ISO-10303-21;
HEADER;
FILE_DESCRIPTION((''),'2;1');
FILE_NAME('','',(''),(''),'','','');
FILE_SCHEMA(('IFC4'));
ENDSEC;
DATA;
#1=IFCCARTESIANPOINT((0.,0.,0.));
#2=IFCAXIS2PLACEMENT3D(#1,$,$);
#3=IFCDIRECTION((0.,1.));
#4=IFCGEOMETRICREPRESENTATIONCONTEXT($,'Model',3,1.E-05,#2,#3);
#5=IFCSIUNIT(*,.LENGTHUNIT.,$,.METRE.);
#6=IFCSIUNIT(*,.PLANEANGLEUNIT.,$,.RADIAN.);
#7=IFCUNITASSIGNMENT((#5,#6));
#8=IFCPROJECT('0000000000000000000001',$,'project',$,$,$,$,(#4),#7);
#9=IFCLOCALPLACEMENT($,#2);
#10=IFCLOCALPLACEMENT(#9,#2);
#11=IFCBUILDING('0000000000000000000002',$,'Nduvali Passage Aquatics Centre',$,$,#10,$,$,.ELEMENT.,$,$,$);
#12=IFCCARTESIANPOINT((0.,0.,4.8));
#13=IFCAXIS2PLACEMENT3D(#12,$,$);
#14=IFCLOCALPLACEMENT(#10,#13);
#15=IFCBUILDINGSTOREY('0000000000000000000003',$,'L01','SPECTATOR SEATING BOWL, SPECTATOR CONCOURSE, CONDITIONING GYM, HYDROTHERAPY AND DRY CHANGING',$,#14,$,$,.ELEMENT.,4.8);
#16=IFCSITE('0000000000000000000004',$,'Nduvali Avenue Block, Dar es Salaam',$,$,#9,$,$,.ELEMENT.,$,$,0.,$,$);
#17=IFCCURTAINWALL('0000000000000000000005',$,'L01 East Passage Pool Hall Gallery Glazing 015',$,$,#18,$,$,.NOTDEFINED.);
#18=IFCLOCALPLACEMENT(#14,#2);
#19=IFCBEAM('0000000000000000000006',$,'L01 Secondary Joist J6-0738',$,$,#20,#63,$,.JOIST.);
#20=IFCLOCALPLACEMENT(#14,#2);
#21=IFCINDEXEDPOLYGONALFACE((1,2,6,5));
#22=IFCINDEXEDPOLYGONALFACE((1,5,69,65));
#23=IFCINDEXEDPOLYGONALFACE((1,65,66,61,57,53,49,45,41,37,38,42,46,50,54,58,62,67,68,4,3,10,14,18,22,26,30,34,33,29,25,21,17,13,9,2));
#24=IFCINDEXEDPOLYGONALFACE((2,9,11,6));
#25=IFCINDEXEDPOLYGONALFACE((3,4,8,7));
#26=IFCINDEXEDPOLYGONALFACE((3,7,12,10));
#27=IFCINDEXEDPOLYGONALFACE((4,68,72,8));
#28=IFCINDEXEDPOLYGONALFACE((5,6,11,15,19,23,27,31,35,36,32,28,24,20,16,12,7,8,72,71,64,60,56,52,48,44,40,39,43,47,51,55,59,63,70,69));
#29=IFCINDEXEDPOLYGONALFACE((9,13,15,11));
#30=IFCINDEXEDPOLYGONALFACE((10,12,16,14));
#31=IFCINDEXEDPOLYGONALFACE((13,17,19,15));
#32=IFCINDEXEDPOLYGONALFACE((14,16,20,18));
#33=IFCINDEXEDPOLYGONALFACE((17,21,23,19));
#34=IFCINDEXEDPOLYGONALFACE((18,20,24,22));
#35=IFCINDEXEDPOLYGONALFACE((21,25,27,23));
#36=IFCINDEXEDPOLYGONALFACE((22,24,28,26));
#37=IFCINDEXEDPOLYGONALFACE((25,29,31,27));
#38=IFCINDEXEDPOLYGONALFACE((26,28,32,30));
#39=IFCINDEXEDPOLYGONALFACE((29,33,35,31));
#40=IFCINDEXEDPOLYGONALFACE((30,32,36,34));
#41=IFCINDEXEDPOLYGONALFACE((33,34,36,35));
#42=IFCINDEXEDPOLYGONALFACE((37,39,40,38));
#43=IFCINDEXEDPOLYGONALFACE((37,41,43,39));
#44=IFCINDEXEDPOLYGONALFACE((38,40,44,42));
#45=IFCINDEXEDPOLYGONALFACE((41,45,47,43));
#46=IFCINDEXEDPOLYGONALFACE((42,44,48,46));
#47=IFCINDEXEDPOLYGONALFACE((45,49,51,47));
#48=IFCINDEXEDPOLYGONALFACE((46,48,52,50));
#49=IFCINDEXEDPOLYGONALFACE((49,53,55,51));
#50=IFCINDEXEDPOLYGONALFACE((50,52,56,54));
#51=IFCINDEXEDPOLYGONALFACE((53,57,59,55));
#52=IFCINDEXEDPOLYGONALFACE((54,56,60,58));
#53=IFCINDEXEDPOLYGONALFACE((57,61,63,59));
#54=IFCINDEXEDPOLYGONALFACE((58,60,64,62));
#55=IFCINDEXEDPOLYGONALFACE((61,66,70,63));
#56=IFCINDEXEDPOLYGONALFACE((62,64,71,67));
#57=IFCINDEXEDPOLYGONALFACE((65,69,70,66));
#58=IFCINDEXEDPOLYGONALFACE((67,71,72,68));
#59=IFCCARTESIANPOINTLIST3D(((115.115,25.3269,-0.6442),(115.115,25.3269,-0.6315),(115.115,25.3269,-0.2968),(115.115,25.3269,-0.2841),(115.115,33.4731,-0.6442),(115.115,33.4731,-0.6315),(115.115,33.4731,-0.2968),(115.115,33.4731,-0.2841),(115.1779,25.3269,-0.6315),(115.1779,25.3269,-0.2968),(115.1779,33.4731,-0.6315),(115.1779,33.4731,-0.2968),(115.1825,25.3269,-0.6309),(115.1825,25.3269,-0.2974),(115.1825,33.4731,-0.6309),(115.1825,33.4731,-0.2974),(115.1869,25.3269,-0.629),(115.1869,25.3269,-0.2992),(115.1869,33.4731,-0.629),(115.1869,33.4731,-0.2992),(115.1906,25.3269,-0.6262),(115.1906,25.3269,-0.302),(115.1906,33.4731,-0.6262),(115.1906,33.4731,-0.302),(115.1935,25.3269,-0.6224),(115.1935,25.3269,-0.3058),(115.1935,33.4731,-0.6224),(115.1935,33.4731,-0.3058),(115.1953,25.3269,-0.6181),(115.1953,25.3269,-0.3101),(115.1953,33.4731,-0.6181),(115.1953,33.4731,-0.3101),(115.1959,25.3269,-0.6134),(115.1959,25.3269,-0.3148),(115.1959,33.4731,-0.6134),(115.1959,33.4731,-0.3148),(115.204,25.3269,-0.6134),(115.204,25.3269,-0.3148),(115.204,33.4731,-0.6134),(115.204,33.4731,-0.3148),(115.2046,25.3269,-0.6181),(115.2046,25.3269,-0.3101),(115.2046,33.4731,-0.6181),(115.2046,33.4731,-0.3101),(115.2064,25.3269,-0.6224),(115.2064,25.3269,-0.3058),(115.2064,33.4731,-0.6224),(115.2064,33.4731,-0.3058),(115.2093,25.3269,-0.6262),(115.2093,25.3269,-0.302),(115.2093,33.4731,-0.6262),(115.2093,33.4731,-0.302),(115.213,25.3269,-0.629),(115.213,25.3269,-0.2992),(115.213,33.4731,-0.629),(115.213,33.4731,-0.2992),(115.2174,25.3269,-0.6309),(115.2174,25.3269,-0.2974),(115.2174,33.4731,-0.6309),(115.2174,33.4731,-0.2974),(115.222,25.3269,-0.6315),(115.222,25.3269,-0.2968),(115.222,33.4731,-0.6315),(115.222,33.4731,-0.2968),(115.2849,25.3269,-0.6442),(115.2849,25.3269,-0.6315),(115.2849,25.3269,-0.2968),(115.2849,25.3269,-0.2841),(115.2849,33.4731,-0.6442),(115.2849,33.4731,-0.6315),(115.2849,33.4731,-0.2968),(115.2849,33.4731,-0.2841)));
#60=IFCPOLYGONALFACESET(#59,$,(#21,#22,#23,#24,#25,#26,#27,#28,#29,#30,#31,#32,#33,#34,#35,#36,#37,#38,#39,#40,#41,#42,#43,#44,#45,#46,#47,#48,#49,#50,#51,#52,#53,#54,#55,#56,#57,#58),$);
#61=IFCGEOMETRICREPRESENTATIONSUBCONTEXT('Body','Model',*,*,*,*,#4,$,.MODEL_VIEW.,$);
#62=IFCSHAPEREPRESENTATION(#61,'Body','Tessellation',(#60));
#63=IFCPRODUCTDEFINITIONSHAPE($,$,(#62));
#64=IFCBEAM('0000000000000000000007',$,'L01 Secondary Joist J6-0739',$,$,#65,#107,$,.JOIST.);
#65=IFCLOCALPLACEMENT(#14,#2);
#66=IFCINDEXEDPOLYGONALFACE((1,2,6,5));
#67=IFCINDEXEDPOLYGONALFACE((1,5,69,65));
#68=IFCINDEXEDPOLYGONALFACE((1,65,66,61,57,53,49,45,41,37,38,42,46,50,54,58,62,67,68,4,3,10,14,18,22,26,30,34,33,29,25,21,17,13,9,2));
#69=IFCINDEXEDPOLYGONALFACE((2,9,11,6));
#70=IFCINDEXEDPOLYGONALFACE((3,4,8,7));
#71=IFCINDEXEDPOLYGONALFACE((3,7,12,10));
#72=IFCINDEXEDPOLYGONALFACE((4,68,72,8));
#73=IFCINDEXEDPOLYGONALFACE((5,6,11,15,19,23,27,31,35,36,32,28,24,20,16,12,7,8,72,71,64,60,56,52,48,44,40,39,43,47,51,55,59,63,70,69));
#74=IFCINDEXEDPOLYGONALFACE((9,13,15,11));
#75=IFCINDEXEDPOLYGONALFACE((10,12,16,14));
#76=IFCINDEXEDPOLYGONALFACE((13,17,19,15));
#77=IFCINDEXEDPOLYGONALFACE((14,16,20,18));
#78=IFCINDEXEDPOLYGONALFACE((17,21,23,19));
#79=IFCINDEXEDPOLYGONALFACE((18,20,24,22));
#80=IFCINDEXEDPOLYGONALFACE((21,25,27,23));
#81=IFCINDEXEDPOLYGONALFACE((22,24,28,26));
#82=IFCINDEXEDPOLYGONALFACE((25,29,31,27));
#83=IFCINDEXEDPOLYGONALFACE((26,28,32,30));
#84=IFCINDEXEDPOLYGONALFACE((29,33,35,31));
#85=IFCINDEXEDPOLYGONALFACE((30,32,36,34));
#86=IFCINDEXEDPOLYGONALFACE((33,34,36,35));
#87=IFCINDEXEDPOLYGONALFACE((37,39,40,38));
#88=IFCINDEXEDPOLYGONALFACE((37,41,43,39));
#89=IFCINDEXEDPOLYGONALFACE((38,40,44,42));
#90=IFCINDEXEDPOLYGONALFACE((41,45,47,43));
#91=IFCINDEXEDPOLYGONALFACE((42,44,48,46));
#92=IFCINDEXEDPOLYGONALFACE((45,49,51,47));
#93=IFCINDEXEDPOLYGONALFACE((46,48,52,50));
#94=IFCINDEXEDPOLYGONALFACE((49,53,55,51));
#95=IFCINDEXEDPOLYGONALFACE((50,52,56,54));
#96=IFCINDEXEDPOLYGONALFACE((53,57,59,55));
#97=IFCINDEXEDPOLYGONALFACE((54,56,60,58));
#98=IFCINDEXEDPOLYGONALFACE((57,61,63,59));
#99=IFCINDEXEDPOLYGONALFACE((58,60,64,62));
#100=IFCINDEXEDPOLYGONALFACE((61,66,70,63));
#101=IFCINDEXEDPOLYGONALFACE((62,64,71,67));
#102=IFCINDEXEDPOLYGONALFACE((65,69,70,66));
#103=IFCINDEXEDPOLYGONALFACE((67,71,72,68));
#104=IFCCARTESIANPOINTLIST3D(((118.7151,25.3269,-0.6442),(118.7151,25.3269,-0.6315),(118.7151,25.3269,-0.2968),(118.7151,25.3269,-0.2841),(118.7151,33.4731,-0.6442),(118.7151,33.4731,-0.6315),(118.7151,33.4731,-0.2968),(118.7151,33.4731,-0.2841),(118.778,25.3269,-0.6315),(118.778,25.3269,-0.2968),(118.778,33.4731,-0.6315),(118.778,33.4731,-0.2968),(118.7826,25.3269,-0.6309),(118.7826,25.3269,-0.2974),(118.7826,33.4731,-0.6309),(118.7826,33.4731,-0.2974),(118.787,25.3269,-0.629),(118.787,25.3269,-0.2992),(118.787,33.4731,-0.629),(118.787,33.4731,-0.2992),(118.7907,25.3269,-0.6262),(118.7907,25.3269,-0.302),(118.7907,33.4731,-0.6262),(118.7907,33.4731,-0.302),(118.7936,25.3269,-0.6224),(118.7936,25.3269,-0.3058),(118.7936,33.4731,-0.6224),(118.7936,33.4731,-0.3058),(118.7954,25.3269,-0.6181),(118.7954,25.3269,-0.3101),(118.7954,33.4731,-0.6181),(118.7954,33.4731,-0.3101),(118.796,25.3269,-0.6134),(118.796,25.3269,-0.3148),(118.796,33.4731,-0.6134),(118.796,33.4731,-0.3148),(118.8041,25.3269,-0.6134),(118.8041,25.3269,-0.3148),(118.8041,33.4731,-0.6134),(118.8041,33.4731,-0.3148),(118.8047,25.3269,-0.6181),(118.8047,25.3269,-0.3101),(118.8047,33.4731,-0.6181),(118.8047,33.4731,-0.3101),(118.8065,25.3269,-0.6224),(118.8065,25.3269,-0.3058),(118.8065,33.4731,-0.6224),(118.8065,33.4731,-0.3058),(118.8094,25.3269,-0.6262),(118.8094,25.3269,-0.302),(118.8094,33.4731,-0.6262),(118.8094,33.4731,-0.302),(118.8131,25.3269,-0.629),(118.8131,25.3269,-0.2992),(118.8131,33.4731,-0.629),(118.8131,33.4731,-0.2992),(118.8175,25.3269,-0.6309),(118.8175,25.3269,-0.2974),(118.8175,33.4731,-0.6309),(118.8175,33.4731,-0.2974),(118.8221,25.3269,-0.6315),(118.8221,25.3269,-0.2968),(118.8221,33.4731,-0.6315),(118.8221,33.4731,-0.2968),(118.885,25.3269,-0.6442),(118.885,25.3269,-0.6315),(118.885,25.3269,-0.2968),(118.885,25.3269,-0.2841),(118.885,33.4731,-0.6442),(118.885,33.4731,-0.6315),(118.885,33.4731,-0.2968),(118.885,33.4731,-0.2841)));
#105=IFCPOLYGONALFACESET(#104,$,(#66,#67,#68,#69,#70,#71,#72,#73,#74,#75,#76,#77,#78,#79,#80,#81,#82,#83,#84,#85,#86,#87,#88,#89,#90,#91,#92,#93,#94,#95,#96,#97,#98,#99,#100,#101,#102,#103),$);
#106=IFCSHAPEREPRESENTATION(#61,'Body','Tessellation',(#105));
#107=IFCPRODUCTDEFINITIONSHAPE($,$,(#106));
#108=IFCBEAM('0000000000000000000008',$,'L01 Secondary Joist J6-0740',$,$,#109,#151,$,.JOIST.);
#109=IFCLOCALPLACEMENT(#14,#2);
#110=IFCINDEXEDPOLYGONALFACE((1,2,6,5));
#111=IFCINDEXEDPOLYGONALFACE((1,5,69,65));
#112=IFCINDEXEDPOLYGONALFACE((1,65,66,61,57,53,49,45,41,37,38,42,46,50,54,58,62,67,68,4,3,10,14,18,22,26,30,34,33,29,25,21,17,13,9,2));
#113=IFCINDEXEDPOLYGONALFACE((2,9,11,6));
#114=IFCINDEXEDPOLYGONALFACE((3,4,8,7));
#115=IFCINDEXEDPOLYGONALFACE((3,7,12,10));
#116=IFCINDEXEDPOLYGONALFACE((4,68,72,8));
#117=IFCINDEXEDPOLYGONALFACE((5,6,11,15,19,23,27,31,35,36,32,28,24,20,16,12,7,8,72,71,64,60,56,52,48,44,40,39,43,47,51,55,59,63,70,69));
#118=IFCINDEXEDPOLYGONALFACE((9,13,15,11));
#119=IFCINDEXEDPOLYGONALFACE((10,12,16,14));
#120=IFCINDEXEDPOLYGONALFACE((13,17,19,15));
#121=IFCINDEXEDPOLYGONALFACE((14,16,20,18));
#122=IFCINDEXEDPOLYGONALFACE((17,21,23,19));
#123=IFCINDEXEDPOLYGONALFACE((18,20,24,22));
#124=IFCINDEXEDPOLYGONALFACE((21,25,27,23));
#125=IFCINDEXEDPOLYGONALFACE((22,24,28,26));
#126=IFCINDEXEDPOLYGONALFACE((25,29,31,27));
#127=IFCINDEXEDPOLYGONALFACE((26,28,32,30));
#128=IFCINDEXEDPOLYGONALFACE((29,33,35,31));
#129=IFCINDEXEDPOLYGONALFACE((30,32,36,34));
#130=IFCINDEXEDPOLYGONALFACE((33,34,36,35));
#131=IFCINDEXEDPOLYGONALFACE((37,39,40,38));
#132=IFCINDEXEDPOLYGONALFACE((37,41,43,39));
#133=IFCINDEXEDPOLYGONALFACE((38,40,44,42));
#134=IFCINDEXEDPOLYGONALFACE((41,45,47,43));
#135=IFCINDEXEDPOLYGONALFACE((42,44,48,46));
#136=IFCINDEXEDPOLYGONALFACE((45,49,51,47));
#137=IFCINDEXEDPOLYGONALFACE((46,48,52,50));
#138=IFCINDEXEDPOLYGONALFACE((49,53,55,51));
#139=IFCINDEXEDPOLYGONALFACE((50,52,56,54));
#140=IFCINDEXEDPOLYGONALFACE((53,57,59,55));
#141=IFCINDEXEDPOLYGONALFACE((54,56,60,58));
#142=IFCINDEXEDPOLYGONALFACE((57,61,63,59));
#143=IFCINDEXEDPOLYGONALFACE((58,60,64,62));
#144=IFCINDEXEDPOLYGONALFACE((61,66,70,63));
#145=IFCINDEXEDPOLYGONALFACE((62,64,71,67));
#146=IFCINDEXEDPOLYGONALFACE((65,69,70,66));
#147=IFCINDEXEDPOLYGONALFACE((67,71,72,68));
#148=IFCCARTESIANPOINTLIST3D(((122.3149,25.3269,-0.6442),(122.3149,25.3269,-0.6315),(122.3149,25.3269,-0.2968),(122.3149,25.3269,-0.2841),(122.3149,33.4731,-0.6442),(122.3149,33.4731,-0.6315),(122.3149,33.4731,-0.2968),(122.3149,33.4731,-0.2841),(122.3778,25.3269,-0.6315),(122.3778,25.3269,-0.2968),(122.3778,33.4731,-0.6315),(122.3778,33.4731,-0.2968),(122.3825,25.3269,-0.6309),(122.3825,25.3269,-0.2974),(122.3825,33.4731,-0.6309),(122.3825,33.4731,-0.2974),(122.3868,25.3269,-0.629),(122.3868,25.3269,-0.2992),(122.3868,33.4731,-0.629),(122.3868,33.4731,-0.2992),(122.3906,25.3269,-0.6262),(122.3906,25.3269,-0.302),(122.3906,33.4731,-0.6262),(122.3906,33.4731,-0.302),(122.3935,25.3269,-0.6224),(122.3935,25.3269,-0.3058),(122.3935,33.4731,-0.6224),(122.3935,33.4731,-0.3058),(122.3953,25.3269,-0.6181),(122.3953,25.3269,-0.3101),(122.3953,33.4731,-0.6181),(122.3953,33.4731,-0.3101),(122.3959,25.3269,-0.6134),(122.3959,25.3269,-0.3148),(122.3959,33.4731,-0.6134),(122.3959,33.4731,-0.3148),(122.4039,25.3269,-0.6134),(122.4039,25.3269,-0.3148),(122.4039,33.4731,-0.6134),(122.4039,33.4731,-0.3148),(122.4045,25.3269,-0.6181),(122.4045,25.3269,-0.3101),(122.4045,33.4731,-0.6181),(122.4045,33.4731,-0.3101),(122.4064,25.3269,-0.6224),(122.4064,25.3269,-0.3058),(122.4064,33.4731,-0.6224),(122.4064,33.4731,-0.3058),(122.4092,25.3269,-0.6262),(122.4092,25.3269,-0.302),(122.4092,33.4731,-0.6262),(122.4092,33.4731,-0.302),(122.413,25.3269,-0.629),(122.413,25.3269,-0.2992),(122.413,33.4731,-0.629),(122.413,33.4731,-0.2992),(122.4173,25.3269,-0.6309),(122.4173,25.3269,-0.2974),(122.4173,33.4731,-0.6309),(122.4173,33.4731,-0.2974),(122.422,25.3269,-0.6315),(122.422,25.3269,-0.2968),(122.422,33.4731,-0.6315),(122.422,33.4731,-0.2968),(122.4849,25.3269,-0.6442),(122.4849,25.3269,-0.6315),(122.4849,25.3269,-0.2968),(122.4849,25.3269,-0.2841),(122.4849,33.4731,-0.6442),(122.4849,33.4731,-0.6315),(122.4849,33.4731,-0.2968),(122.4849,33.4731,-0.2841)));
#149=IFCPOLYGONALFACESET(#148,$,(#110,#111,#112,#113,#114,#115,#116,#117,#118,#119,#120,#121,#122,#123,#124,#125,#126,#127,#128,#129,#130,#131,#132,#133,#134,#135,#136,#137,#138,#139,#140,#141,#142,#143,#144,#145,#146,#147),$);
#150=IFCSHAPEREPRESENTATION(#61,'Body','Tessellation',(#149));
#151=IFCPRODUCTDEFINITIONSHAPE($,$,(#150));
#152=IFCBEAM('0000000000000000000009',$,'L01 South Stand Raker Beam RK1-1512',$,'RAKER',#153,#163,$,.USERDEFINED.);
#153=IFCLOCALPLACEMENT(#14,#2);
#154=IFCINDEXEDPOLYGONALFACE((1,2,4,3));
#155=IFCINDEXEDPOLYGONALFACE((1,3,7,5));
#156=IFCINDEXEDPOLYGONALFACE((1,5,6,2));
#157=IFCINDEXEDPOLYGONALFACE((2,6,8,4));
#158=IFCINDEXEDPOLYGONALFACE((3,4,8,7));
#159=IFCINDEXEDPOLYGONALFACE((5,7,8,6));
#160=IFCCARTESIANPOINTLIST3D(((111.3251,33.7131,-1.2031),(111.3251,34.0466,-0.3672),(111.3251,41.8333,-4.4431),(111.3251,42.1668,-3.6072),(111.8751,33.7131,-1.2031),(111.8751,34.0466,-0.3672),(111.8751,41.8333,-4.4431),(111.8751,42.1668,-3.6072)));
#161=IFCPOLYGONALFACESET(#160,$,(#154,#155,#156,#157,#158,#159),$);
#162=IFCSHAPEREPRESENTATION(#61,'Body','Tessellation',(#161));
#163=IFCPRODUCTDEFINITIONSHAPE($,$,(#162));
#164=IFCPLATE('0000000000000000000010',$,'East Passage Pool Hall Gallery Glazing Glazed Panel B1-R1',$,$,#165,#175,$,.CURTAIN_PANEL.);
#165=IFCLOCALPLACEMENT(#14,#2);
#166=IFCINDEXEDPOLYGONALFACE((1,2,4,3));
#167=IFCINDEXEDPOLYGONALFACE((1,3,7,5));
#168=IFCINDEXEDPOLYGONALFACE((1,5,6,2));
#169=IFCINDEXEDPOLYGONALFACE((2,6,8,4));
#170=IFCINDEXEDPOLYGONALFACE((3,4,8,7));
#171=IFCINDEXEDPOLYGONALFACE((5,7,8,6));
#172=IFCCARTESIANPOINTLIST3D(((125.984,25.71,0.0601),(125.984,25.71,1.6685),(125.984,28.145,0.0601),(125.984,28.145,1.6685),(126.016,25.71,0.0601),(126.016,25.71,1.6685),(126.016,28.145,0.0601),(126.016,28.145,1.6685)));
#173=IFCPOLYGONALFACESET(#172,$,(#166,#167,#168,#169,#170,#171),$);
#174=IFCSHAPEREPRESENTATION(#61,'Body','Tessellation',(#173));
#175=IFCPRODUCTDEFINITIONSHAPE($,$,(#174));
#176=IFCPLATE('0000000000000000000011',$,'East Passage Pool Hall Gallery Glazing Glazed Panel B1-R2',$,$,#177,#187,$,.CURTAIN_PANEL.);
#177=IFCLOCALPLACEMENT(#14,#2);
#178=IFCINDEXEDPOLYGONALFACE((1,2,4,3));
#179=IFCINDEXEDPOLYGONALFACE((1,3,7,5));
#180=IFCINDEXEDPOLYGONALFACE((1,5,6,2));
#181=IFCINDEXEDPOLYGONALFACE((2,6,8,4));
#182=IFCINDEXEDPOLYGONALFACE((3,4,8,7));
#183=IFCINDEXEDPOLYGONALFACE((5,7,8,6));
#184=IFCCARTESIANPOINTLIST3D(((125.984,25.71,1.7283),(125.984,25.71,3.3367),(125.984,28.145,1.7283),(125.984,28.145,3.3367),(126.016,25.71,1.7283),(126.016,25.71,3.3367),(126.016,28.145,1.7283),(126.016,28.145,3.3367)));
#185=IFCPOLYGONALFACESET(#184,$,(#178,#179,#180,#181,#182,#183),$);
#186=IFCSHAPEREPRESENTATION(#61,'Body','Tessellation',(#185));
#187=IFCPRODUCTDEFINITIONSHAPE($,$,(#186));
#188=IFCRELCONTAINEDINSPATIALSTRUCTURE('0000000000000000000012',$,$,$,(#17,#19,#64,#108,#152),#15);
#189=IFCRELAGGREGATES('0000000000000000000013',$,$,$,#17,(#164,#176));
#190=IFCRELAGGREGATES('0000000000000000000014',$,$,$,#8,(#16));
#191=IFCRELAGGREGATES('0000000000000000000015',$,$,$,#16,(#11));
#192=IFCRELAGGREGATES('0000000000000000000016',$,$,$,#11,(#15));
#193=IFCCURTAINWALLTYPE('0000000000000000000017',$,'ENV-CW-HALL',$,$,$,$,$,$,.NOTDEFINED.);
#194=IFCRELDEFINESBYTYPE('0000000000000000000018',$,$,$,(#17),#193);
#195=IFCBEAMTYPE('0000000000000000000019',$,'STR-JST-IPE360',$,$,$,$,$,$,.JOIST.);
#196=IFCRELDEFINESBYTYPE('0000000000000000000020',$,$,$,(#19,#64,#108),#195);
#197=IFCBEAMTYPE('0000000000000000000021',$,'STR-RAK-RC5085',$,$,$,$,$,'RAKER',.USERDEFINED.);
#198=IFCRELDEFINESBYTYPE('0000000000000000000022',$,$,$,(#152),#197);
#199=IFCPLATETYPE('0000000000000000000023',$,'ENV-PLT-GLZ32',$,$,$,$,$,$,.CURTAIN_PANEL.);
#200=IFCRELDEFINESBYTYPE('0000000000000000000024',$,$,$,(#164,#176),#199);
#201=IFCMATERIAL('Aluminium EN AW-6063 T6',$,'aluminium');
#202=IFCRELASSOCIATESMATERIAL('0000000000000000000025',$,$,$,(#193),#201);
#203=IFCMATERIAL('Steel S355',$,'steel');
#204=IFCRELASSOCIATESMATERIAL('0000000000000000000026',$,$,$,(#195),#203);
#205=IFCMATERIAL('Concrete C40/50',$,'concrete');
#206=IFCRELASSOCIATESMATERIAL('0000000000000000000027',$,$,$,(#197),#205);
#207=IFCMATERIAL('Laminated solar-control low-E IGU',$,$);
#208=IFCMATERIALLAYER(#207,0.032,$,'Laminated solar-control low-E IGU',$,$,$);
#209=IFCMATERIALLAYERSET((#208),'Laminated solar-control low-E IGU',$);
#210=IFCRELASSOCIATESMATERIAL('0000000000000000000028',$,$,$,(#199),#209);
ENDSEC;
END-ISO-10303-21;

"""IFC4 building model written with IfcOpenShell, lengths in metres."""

from ifc_helpers import new_model, si_unit, direction, frame, origin, origin_2d, place, context, subcontext, project, spatial, rectangle, i_section, extrude, material, layer, layer_set, material_profile, profile_set, type_object, element, aggregate, save


model = new_model("IFC4")

# Units and contexts
model_context = context("Model", 3, precision=1e-05, world=origin(), true_north=direction((0.0, 1.0)))
body_context = subcontext(model_context, "Body", "Model", "MODEL_VIEW")
ifc_project = project(units=[si_unit("LENGTHUNIT", "METRE"), si_unit("PLANEANGLEUNIT", "RADIAN")], contexts=[model_context])

# Site, building, storey
site_placement = place(None, origin())
site = spatial("IfcSite", under=ifc_project, at=site_placement, Name="Nduvali Avenue Block, Dar es Salaam", CompositionType="ELEMENT", RefElevation=0.0)
building_placement = place(site_placement, origin())
building = spatial("IfcBuilding", under=site, at=building_placement, Name="Nduvali Passage Aquatics Centre", CompositionType="ELEMENT")
storey_placement = place(building_placement, frame((0.0, 0.0, 4.8)))
storey = spatial("IfcBuildingStorey", under=building, at=storey_placement, Name="L01", Description="SPECTATOR SEATING BOWL, SPECTATOR CONCOURSE, CONDITIONING GYM, HYDROTHERAPY AND DRY CHANGING", CompositionType="ELEMENT", Elevation=4.8)

# Shared definitions
ifc_material_1 = material(Name="Concrete C40/50", Category="concrete")

# Curtain wall
ifc_material_2 = material(Name="Aluminium EN AW-6063 T6", Category="aluminium")
curtain_wall_type = type_object("IfcCurtainWallType", Name="ENV-CW-HALL", PredefinedType="NOTDEFINED", material=ifc_material_2)
curtain_wall_placement = place(storey_placement, origin())
curtain_wall = element("IfcCurtainWall", 1, at=curtain_wall_placement, inside=storey, type_object=curtain_wall_type, Name="L01 East Passage Pool Hall Gallery Glazing 015", PredefinedType="NOTDEFINED")

# Beams
ifc_material_3 = material(Name="Steel S355", Category="steel")
ifc_material_profile_1 = material_profile(ifc_material_3, i_section(OverallWidth=0.1699, OverallDepth=0.3601, WebThickness=0.0081, FlangeThickness=0.0127, FilletRadius=0.0181, at=origin_2d()), Name="IPE 360")
ifc_profile_set_1 = profile_set([ifc_material_profile_1], Name="Steel S355")
beam_type_1 = type_object("IfcBeamType", Name="STR-JST-IPE360", PredefinedType="JOIST", material=ifc_profile_set_1)
for number, where, z_axis, x_axis, name in (
    (2, (115.2, 25.3269, -0.4641), (0.0, 1.0, 0.0), (-1.0, 0.0, 0.0), "L01 Secondary Joist J6-0738"),
    (3, (118.8, 25.3269, -0.4641), (0.0, 1.0, 0.0), (-1.0, 0.0, 0.0), "L01 Secondary Joist J6-0739"),
    (4, (122.3999, 25.3269, -0.4641), (0.0, 1.0, 0.0), (-1.0, 0.0, 0.0), "L01 Secondary Joist J6-0740"),
):
    element("IfcBeam", number, at=place(storey_placement, frame(where, z_axis=z_axis, x_axis=x_axis)), inside=storey, type_object=beam_type_1, Name=name, PredefinedType="JOIST", context=body_context, shape_type="SweptSolid", body=[
        extrude(i_section(OverallWidth=0.1699, OverallDepth=0.3601, WebThickness=0.0081, FlangeThickness=0.0127, FilletRadius=0.0181, at=origin_2d()), origin(), (0.0, 0.0, 1.0), 8.1462),
    ])
ifc_material_profile_2 = material_profile(ifc_material_1, rectangle(XDim=0.55, YDim=0.8999, at=origin_2d()), Name="RC 550x900")
ifc_profile_set_2 = profile_set([ifc_material_profile_2], Name="Concrete C40/50")
beam_type_2 = type_object("IfcBeamType", Name="STR-RAK-RC5085", ElementType="RAKER", PredefinedType="USERDEFINED", material=ifc_profile_set_2)
beam_1_placement = place(storey_placement, frame((111.6001, 33.8799, -0.7852), z_axis=(0.0, 0.928794, -0.370596), x_axis=(-1.0, 0.0, 0.0)))
element("IfcBeam", 5, at=beam_1_placement, inside=storey, type_object=beam_type_2, Name="L01 South Stand Raker Beam RK1-1512", ObjectType="RAKER", PredefinedType="USERDEFINED", context=body_context, shape_type="SweptSolid", body=[
    extrude(rectangle(XDim=0.55, YDim=0.8999, at=origin_2d()), origin(), (0.0, 0.0, 1.0), 8.7427),
])

# Plates
ifc_material_4 = material(Name="Laminated solar-control low-E IGU")
ifc_layer = layer(ifc_material_4, 0.032, Name="Laminated solar-control low-E IGU")
ifc_layer_set = layer_set([ifc_layer], Name="Laminated solar-control low-E IGU")
plate_type = type_object("IfcPlateType", Name="ENV-PLT-GLZ32", PredefinedType="CURTAIN_PANEL", material=ifc_layer_set)
plate_1_placement = place(storey_placement, frame((126.0, 26.9275, 0.0601), z_axis=(0.0, 0.0, 1.0), x_axis=(0.0, 1.0, 0.0)))
plate_1 = element("IfcPlate", 6, at=plate_1_placement, type_object=plate_type, Name="East Passage Pool Hall Gallery Glazing Glazed Panel B1-R1", PredefinedType="CURTAIN_PANEL", context=body_context, shape_type="SweptSolid", body=[
    extrude(rectangle(XDim=2.4351, YDim=0.032, at=origin_2d()), origin(), (0.0, 0.0, 1.0), 1.6084),
])
plate_2_placement = place(storey_placement, frame((126.0, 26.9275, 1.7283), z_axis=(0.0, 0.0, 1.0), x_axis=(0.0, 1.0, 0.0)))
plate_2 = element("IfcPlate", 7, at=plate_2_placement, type_object=plate_type, Name="East Passage Pool Hall Gallery Glazing Glazed Panel B1-R2", PredefinedType="CURTAIN_PANEL", context=body_context, shape_type="SweptSolid", body=[
    extrude(rectangle(XDim=2.4351, YDim=0.032, at=origin_2d()), origin(), (0.0, 0.0, 1.0), 1.6084),
])
aggregate(curtain_wall, [plate_1, plate_2])

save(model, "model.ifc")
